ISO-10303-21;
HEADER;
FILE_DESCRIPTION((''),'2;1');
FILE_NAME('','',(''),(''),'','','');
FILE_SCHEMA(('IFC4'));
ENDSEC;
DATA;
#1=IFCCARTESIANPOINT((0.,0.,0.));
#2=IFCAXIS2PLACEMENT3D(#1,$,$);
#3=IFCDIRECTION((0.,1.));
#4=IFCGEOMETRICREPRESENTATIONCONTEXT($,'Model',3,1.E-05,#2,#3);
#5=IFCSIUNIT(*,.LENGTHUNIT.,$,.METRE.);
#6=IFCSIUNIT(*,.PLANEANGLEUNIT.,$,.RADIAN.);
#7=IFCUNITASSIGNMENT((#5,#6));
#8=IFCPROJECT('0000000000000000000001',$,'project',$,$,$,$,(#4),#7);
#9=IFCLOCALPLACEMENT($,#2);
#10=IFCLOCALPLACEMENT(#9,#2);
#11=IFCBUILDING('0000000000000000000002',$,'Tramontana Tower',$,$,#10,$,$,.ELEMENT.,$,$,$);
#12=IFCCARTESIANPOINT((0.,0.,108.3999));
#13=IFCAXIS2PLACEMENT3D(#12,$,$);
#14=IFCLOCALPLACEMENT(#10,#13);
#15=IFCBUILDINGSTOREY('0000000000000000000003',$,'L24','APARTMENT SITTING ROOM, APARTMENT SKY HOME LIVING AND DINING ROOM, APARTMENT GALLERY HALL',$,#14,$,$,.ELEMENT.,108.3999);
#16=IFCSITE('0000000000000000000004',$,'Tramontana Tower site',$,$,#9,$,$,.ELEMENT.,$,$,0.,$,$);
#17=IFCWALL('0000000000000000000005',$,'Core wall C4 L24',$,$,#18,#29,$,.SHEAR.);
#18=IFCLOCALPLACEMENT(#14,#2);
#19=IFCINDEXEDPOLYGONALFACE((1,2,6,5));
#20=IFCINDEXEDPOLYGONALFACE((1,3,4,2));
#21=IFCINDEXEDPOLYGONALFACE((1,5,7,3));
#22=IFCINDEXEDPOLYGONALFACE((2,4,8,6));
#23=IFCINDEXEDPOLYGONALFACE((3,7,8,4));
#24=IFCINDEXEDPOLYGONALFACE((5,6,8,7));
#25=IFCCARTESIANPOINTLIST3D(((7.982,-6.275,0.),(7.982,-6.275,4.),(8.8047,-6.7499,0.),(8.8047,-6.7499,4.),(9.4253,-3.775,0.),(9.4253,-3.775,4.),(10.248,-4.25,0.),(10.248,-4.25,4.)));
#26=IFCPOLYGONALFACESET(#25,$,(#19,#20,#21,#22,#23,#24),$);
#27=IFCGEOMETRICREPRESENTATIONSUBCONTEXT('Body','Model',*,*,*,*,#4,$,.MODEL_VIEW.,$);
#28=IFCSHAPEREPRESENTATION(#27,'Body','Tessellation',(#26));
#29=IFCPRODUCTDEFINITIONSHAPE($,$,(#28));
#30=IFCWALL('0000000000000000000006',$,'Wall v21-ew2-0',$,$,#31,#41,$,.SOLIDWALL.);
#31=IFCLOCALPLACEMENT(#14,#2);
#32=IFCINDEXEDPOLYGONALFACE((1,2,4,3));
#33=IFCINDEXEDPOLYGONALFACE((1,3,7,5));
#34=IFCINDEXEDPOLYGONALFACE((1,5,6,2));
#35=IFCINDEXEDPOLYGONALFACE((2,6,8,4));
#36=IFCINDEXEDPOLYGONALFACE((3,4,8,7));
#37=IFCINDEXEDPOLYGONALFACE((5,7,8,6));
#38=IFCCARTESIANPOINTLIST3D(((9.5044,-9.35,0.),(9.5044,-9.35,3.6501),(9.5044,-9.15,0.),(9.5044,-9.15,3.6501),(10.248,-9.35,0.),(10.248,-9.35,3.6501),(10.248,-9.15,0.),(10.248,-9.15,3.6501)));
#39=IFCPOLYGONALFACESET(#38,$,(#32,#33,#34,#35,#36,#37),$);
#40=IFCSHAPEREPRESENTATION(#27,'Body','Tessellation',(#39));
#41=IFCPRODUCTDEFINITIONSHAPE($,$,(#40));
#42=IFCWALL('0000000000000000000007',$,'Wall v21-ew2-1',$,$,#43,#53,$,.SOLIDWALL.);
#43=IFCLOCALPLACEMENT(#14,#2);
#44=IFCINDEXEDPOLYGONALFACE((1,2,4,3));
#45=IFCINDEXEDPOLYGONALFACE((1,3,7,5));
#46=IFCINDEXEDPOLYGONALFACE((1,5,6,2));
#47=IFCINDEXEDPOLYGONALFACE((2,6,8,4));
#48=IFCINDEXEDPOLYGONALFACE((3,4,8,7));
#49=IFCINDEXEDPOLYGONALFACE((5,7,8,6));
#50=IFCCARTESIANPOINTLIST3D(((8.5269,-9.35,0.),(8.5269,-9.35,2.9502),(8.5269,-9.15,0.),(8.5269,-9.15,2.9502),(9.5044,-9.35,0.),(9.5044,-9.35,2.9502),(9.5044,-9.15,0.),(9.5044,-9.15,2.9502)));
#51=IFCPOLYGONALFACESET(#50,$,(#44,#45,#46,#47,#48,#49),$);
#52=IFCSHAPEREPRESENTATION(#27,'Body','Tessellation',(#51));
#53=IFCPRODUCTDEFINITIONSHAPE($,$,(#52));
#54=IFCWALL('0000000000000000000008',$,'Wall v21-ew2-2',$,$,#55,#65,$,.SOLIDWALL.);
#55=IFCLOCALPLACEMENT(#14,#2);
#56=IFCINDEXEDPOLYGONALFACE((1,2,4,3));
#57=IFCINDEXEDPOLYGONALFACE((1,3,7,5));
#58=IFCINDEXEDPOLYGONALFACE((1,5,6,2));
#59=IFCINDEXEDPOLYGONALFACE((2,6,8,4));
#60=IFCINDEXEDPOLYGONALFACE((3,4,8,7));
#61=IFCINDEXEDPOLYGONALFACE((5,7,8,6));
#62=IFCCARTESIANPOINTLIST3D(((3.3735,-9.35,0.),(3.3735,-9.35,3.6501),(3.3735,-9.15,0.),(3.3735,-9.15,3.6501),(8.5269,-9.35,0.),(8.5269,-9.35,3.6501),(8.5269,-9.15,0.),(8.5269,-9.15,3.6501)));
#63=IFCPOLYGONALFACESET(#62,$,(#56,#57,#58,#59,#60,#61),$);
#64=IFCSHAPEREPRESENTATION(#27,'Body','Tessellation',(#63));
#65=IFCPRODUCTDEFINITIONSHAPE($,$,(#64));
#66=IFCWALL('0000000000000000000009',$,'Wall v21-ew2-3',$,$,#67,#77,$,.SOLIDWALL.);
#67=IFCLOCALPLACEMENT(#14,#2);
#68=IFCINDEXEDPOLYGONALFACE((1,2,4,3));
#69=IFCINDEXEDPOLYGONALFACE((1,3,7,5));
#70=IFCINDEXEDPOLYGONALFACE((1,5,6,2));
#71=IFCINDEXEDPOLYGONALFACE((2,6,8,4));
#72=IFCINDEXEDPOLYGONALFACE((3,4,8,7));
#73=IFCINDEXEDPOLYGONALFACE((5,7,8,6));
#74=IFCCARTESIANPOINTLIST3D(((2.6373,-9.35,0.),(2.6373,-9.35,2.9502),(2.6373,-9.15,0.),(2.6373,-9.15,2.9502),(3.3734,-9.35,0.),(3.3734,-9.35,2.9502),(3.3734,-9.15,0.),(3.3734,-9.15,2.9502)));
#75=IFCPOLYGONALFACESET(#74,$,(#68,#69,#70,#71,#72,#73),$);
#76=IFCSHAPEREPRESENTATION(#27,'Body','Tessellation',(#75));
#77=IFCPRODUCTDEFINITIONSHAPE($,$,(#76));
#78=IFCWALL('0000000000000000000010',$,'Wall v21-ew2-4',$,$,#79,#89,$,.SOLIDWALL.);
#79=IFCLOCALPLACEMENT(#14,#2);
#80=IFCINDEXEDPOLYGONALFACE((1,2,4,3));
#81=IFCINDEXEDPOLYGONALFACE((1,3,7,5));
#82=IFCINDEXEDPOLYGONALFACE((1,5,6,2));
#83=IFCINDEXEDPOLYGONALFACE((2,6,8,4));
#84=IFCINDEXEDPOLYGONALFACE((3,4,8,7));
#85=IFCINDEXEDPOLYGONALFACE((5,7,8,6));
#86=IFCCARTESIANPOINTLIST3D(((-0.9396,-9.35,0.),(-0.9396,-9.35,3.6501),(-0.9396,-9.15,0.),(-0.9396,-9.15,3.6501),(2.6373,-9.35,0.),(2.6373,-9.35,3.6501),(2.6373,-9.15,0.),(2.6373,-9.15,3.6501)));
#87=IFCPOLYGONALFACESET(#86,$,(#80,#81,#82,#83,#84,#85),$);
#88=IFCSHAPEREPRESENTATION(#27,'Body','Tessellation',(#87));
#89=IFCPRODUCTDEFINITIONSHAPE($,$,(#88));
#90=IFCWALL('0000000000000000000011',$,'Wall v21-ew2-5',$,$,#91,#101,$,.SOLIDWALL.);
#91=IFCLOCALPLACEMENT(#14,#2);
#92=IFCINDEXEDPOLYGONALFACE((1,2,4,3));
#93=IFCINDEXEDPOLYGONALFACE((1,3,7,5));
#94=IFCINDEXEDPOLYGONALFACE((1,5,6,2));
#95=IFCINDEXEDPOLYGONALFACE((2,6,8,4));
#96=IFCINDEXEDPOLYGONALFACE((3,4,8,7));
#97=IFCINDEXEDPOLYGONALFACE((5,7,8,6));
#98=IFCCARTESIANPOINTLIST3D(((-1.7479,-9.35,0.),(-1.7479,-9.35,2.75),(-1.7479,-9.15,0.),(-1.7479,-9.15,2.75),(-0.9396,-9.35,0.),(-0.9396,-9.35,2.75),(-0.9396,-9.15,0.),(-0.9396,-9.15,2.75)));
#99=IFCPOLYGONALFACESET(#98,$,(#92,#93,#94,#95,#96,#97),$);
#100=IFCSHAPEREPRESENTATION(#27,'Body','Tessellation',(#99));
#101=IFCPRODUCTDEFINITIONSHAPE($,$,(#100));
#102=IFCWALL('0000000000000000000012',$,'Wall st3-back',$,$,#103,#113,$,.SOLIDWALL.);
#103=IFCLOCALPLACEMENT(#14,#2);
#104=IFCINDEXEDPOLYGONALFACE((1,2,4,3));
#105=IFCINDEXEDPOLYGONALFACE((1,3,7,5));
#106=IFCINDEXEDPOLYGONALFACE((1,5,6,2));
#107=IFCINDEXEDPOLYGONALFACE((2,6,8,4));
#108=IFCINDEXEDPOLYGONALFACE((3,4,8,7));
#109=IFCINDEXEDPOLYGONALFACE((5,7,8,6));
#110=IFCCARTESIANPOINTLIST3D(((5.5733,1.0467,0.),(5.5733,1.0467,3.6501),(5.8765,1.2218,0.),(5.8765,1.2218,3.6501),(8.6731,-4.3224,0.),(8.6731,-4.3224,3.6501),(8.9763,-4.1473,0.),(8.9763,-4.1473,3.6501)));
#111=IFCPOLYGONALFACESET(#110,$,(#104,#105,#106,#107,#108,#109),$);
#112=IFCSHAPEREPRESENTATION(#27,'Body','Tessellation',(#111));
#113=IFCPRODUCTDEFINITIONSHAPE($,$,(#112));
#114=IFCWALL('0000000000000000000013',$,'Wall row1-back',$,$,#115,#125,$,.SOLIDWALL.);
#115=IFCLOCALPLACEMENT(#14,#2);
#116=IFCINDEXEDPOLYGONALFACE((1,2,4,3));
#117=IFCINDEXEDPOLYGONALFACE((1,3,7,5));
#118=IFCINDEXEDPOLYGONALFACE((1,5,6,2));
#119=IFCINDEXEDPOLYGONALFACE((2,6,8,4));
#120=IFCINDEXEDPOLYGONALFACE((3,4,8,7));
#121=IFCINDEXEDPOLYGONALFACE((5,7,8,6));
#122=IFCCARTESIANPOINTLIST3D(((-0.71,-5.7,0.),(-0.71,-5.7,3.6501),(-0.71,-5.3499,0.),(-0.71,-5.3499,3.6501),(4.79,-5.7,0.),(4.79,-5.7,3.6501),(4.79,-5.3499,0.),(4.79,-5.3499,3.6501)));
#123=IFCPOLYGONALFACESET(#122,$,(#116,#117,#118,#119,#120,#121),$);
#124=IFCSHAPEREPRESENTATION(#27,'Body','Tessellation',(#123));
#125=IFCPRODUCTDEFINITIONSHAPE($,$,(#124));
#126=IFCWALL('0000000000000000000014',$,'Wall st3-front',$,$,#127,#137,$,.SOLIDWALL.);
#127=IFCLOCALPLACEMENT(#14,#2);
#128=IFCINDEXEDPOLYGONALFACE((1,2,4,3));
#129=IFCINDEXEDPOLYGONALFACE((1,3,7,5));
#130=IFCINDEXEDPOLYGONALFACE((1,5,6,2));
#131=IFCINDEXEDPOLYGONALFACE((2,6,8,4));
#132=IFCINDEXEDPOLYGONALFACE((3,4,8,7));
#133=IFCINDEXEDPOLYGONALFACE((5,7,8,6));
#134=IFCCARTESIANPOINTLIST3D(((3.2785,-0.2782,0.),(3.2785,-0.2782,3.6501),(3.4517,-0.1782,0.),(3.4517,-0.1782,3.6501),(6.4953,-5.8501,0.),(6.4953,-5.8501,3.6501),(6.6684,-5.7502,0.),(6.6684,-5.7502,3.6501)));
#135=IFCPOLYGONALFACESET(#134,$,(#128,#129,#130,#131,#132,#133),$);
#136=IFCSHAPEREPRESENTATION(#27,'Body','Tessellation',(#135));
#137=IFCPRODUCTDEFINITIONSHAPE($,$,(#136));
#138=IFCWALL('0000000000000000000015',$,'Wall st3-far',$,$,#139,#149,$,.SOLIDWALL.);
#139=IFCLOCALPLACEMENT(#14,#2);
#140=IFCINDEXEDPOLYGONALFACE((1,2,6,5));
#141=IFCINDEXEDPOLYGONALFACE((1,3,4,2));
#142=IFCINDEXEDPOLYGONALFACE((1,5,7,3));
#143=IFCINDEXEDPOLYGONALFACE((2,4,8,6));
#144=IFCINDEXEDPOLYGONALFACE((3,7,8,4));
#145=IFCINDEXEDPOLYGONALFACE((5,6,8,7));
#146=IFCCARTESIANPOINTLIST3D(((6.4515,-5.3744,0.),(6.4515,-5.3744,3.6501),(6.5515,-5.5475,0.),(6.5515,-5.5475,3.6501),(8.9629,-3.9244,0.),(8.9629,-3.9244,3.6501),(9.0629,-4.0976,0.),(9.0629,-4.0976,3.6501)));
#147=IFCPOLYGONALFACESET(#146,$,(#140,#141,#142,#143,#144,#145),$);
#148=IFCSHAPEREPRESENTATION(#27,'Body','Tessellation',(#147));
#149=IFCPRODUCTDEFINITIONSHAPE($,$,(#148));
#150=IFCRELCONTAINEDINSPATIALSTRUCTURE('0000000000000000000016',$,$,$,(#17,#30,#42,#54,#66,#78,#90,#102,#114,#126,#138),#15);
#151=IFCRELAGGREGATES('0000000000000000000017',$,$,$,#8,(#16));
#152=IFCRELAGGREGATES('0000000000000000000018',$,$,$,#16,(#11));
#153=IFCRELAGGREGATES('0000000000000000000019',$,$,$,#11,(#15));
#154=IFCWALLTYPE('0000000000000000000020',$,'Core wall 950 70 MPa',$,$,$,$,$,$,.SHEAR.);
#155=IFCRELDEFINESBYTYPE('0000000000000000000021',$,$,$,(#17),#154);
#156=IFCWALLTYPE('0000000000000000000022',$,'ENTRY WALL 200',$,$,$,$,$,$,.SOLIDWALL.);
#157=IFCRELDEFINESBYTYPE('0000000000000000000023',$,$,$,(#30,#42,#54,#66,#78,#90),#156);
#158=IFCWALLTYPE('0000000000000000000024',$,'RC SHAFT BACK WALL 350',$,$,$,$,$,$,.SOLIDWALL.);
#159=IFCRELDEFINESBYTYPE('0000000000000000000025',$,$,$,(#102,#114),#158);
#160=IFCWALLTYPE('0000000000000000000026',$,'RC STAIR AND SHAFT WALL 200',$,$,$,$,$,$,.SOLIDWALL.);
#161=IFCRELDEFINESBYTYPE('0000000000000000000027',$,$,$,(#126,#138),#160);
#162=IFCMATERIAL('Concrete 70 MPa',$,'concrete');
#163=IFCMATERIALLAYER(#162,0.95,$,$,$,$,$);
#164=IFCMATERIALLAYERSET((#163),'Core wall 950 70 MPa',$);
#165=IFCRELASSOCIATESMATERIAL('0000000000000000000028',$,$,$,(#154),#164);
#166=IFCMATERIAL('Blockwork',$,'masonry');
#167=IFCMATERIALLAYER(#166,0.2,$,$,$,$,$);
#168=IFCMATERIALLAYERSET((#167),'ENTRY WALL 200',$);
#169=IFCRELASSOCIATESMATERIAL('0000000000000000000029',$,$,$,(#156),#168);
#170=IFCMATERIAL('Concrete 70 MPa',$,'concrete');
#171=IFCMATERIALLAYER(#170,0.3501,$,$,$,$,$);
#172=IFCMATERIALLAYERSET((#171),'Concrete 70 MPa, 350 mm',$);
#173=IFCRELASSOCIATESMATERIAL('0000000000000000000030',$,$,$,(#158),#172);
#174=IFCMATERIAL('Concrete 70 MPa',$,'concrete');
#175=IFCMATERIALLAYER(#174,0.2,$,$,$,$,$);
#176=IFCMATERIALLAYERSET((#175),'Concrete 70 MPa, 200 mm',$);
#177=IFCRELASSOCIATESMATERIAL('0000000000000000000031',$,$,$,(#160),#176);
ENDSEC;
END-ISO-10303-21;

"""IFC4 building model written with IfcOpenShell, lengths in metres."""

from ifc_helpers import new_model, si_unit, direction, frame, frame_2d, origin, place, context, subcontext, project, spatial, rectangle, extrude, material, layer, layer_set, type_object, element, save


model = new_model("IFC4")

# Units and contexts
model_context = context("Model", 3, precision=1e-05, world=origin(), true_north=direction((0.0, 1.0)))
body_context = subcontext(model_context, "Body", "Model", "MODEL_VIEW")
ifc_project = project(units=[si_unit("LENGTHUNIT", "METRE"), si_unit("PLANEANGLEUNIT", "RADIAN")], contexts=[model_context])

# Site, building, storey
site_placement = place(None, origin())
site = spatial("IfcSite", under=ifc_project, at=site_placement, Name="Tramontana Tower site", CompositionType="ELEMENT", RefElevation=0.0)
building_placement = place(site_placement, origin())
building = spatial("IfcBuilding", under=site, at=building_placement, Name="Tramontana Tower", CompositionType="ELEMENT")
storey_placement = place(building_placement, frame((0.0, 0.0, 108.3999)))
storey = spatial("IfcBuildingStorey", under=building, at=storey_placement, Name="L24", Description="APARTMENT SITTING ROOM, APARTMENT SKY HOME LIVING AND DINING ROOM, APARTMENT GALLERY HALL", CompositionType="ELEMENT", Elevation=108.3999)

# Wall
ifc_material_1 = material(Name="Concrete 70 MPa", Category="concrete")
ifc_layer_1 = layer(ifc_material_1, 0.95)
ifc_layer_set_1 = layer_set([ifc_layer_1], Name="Core wall 950 70 MPa")
wall_type_1 = type_object("IfcWallType", Name="Core wall 950 70 MPa", PredefinedType="SHEAR", material=ifc_layer_set_1)
wall_1_placement = place(storey_placement, frame((8.3933, -6.5125, 0.0), z_axis=(0.0, 0.0, 1.0), x_axis=(0.499996, 0.866028, 0.0)))
element("IfcWall", 1, at=wall_1_placement, inside=storey, type_object=wall_type_1, Name="Core wall C4 L24", PredefinedType="SHEAR", context=body_context, shape_type="SweptSolid", body=[
    extrude(rectangle(XDim=2.8867, YDim=0.95, at=frame_2d((1.4434, 0.0))), origin(), (0.0, 0.0, 1.0), 4.0),
])

# Walls
ifc_material_2 = material(Name="Blockwork", Category="masonry")
ifc_layer_2 = layer(ifc_material_2, 0.2)
ifc_layer_set_2 = layer_set([ifc_layer_2], Name="ENTRY WALL 200")
wall_type_2 = type_object("IfcWallType", Name="ENTRY WALL 200", PredefinedType="SOLIDWALL", material=ifc_layer_set_2)
wall_2_placement = place(storey_placement, frame((10.248, -9.25, 0.0), z_axis=(0.0, 0.0, 1.0), x_axis=(-1.0, 0.0, 0.0)))
element("IfcWall", 2, at=wall_2_placement, inside=storey, type_object=wall_type_2, Name="Wall v21-ew2-0", PredefinedType="SOLIDWALL", context=body_context, shape_type="SweptSolid", body=[
    extrude(rectangle(XDim=0.7437, YDim=0.2, at=frame_2d((0.3718, 0.0))), origin(), (0.0, 0.0, 1.0), 3.6501),
])
wall_3_placement = place(storey_placement, frame((9.5044, -9.25, 0.0), z_axis=(0.0, 0.0, 1.0), x_axis=(-1.0, 0.0, 0.0)))
element("IfcWall", 3, at=wall_3_placement, inside=storey, type_object=wall_type_2, Name="Wall v21-ew2-1", PredefinedType="SOLIDWALL", context=body_context, shape_type="SweptSolid", body=[
    extrude(rectangle(XDim=0.9775, YDim=0.2, at=frame_2d((0.4888, 0.0))), origin(), (0.0, 0.0, 1.0), 2.9502),
])
wall_4_placement = place(storey_placement, frame((8.5269, -9.25, 0.0), z_axis=(0.0, 0.0, 1.0), x_axis=(-1.0, 0.0, 0.0)))
element("IfcWall", 4, at=wall_4_placement, inside=storey, type_object=wall_type_2, Name="Wall v21-ew2-2", PredefinedType="SOLIDWALL", context=body_context, shape_type="SweptSolid", body=[
    extrude(rectangle(XDim=5.1533, YDim=0.2, at=frame_2d((2.5767, 0.0))), origin(), (0.0, 0.0, 1.0), 3.6501),
])
wall_5_placement = place(storey_placement, frame((3.3735, -9.25, 0.0), z_axis=(0.0, 0.0, 1.0), x_axis=(-1.0, 0.0, 0.0)))
element("IfcWall", 5, at=wall_5_placement, inside=storey, type_object=wall_type_2, Name="Wall v21-ew2-3", PredefinedType="SOLIDWALL", context=body_context, shape_type="SweptSolid", body=[
    extrude(rectangle(XDim=0.7361, YDim=0.2, at=frame_2d((0.3682, 0.0))), origin(), (0.0, 0.0, 1.0), 2.9502),
])
wall_6_placement = place(storey_placement, frame((2.6375, -9.25, 0.0), z_axis=(0.0, 0.0, 1.0), x_axis=(-1.0, 0.0, 0.0)))
element("IfcWall", 6, at=wall_6_placement, inside=storey, type_object=wall_type_2, Name="Wall v21-ew2-4", PredefinedType="SOLIDWALL", context=body_context, shape_type="SweptSolid", body=[
    extrude(rectangle(XDim=3.5769, YDim=0.2, at=frame_2d((1.7886, 0.0))), origin(), (0.0, 0.0, 1.0), 3.6501),
])
wall_7_placement = place(storey_placement, frame((-0.9395, -9.25, 0.0), z_axis=(0.0, 0.0, 1.0), x_axis=(-1.0, 0.0, 0.0)))
element("IfcWall", 7, at=wall_7_placement, inside=storey, type_object=wall_type_2, Name="Wall v21-ew2-5", PredefinedType="SOLIDWALL", context=body_context, shape_type="SweptSolid", body=[
    extrude(rectangle(XDim=0.8083, YDim=0.2, at=frame_2d((0.4043, 0.0))), origin(), (0.0, 0.0, 1.0), 2.75),
])

# Walls
ifc_material_3 = material(Name="Concrete 70 MPa", Category="concrete")
ifc_layer_3 = layer(ifc_material_3, 0.3501)
ifc_layer_set_3 = layer_set([ifc_layer_3], Name="Concrete 70 MPa, 350 mm")
wall_type_3 = type_object("IfcWallType", Name="RC SHAFT BACK WALL 350", PredefinedType="SOLIDWALL", material=ifc_layer_set_3)
wall_8_placement = place(storey_placement, frame((8.8247, -4.2349, 0.0), z_axis=(0.0, 0.0, 1.0), x_axis=(-0.499997, 0.866027, 0.0)))
element("IfcWall", 8, at=wall_8_placement, inside=storey, type_object=wall_type_3, Name="Wall st3-back", PredefinedType="SOLIDWALL", context=body_context, shape_type="SweptSolid", body=[
    extrude(rectangle(XDim=6.1997, YDim=0.3501, at=frame_2d((3.0999, 0.0))), origin(), (0.0, 0.0, 1.0), 3.6501),
])
wall_9_placement = place(storey_placement, frame((-0.71, -5.5249, 0.0), z_axis=(0.0, 0.0, 1.0), x_axis=(1.0, 0.0, 0.0)))
element("IfcWall", 9, at=wall_9_placement, inside=storey, type_object=wall_type_3, Name="Wall row1-back", PredefinedType="SOLIDWALL", context=body_context, shape_type="SweptSolid", body=[
    extrude(rectangle(XDim=5.5, YDim=0.3501, at=frame_2d((2.75, 0.0))), origin(), (0.0, 0.0, 1.0), 3.6501),
])

# Shared definitions
ifc_material_4 = material(Name="Concrete 70 MPa", Category="concrete")
ifc_layer_4 = layer(ifc_material_4, 0.2)
ifc_layer_set_4 = layer_set([ifc_layer_4], Name="Concrete 70 MPa, 200 mm")
wall_type_4 = type_object("IfcWallType", Name="RC STAIR AND SHAFT WALL 200", PredefinedType="SOLIDWALL", material=ifc_layer_set_4)

# Walls
wall_10_placement = place(storey_placement, frame((6.5818, -5.8, 0.0), z_axis=(0.0, 0.0, 1.0), x_axis=(-0.499975, 0.86604, 0.0)))
element("IfcWall", 10, at=wall_10_placement, inside=storey, type_object=wall_type_4, Name="Wall st3-front", PredefinedType="SOLIDWALL", context=body_context, shape_type="SweptSolid", body=[
    extrude(rectangle(XDim=6.4338, YDim=0.2, at=frame_2d((3.2168, 0.0))), origin(), (0.0, 0.0, 1.0), 3.6501),
])
wall_11_placement = place(storey_placement, frame((6.5015, -5.4609, 0.0), z_axis=(0.0, 0.0, 1.0), x_axis=(0.866033, 0.499987, 0.0)))
element("IfcWall", 11, at=wall_11_placement, inside=storey, type_object=wall_type_4, Name="Wall st3-far", PredefinedType="SOLIDWALL", context=body_context, shape_type="SweptSolid", body=[
    extrude(rectangle(XDim=2.8999, YDim=0.2, at=frame_2d((1.45, 0.0))), origin(), (0.0, 0.0, 1.0), 3.6501),
])

save(model, "model.ifc")
